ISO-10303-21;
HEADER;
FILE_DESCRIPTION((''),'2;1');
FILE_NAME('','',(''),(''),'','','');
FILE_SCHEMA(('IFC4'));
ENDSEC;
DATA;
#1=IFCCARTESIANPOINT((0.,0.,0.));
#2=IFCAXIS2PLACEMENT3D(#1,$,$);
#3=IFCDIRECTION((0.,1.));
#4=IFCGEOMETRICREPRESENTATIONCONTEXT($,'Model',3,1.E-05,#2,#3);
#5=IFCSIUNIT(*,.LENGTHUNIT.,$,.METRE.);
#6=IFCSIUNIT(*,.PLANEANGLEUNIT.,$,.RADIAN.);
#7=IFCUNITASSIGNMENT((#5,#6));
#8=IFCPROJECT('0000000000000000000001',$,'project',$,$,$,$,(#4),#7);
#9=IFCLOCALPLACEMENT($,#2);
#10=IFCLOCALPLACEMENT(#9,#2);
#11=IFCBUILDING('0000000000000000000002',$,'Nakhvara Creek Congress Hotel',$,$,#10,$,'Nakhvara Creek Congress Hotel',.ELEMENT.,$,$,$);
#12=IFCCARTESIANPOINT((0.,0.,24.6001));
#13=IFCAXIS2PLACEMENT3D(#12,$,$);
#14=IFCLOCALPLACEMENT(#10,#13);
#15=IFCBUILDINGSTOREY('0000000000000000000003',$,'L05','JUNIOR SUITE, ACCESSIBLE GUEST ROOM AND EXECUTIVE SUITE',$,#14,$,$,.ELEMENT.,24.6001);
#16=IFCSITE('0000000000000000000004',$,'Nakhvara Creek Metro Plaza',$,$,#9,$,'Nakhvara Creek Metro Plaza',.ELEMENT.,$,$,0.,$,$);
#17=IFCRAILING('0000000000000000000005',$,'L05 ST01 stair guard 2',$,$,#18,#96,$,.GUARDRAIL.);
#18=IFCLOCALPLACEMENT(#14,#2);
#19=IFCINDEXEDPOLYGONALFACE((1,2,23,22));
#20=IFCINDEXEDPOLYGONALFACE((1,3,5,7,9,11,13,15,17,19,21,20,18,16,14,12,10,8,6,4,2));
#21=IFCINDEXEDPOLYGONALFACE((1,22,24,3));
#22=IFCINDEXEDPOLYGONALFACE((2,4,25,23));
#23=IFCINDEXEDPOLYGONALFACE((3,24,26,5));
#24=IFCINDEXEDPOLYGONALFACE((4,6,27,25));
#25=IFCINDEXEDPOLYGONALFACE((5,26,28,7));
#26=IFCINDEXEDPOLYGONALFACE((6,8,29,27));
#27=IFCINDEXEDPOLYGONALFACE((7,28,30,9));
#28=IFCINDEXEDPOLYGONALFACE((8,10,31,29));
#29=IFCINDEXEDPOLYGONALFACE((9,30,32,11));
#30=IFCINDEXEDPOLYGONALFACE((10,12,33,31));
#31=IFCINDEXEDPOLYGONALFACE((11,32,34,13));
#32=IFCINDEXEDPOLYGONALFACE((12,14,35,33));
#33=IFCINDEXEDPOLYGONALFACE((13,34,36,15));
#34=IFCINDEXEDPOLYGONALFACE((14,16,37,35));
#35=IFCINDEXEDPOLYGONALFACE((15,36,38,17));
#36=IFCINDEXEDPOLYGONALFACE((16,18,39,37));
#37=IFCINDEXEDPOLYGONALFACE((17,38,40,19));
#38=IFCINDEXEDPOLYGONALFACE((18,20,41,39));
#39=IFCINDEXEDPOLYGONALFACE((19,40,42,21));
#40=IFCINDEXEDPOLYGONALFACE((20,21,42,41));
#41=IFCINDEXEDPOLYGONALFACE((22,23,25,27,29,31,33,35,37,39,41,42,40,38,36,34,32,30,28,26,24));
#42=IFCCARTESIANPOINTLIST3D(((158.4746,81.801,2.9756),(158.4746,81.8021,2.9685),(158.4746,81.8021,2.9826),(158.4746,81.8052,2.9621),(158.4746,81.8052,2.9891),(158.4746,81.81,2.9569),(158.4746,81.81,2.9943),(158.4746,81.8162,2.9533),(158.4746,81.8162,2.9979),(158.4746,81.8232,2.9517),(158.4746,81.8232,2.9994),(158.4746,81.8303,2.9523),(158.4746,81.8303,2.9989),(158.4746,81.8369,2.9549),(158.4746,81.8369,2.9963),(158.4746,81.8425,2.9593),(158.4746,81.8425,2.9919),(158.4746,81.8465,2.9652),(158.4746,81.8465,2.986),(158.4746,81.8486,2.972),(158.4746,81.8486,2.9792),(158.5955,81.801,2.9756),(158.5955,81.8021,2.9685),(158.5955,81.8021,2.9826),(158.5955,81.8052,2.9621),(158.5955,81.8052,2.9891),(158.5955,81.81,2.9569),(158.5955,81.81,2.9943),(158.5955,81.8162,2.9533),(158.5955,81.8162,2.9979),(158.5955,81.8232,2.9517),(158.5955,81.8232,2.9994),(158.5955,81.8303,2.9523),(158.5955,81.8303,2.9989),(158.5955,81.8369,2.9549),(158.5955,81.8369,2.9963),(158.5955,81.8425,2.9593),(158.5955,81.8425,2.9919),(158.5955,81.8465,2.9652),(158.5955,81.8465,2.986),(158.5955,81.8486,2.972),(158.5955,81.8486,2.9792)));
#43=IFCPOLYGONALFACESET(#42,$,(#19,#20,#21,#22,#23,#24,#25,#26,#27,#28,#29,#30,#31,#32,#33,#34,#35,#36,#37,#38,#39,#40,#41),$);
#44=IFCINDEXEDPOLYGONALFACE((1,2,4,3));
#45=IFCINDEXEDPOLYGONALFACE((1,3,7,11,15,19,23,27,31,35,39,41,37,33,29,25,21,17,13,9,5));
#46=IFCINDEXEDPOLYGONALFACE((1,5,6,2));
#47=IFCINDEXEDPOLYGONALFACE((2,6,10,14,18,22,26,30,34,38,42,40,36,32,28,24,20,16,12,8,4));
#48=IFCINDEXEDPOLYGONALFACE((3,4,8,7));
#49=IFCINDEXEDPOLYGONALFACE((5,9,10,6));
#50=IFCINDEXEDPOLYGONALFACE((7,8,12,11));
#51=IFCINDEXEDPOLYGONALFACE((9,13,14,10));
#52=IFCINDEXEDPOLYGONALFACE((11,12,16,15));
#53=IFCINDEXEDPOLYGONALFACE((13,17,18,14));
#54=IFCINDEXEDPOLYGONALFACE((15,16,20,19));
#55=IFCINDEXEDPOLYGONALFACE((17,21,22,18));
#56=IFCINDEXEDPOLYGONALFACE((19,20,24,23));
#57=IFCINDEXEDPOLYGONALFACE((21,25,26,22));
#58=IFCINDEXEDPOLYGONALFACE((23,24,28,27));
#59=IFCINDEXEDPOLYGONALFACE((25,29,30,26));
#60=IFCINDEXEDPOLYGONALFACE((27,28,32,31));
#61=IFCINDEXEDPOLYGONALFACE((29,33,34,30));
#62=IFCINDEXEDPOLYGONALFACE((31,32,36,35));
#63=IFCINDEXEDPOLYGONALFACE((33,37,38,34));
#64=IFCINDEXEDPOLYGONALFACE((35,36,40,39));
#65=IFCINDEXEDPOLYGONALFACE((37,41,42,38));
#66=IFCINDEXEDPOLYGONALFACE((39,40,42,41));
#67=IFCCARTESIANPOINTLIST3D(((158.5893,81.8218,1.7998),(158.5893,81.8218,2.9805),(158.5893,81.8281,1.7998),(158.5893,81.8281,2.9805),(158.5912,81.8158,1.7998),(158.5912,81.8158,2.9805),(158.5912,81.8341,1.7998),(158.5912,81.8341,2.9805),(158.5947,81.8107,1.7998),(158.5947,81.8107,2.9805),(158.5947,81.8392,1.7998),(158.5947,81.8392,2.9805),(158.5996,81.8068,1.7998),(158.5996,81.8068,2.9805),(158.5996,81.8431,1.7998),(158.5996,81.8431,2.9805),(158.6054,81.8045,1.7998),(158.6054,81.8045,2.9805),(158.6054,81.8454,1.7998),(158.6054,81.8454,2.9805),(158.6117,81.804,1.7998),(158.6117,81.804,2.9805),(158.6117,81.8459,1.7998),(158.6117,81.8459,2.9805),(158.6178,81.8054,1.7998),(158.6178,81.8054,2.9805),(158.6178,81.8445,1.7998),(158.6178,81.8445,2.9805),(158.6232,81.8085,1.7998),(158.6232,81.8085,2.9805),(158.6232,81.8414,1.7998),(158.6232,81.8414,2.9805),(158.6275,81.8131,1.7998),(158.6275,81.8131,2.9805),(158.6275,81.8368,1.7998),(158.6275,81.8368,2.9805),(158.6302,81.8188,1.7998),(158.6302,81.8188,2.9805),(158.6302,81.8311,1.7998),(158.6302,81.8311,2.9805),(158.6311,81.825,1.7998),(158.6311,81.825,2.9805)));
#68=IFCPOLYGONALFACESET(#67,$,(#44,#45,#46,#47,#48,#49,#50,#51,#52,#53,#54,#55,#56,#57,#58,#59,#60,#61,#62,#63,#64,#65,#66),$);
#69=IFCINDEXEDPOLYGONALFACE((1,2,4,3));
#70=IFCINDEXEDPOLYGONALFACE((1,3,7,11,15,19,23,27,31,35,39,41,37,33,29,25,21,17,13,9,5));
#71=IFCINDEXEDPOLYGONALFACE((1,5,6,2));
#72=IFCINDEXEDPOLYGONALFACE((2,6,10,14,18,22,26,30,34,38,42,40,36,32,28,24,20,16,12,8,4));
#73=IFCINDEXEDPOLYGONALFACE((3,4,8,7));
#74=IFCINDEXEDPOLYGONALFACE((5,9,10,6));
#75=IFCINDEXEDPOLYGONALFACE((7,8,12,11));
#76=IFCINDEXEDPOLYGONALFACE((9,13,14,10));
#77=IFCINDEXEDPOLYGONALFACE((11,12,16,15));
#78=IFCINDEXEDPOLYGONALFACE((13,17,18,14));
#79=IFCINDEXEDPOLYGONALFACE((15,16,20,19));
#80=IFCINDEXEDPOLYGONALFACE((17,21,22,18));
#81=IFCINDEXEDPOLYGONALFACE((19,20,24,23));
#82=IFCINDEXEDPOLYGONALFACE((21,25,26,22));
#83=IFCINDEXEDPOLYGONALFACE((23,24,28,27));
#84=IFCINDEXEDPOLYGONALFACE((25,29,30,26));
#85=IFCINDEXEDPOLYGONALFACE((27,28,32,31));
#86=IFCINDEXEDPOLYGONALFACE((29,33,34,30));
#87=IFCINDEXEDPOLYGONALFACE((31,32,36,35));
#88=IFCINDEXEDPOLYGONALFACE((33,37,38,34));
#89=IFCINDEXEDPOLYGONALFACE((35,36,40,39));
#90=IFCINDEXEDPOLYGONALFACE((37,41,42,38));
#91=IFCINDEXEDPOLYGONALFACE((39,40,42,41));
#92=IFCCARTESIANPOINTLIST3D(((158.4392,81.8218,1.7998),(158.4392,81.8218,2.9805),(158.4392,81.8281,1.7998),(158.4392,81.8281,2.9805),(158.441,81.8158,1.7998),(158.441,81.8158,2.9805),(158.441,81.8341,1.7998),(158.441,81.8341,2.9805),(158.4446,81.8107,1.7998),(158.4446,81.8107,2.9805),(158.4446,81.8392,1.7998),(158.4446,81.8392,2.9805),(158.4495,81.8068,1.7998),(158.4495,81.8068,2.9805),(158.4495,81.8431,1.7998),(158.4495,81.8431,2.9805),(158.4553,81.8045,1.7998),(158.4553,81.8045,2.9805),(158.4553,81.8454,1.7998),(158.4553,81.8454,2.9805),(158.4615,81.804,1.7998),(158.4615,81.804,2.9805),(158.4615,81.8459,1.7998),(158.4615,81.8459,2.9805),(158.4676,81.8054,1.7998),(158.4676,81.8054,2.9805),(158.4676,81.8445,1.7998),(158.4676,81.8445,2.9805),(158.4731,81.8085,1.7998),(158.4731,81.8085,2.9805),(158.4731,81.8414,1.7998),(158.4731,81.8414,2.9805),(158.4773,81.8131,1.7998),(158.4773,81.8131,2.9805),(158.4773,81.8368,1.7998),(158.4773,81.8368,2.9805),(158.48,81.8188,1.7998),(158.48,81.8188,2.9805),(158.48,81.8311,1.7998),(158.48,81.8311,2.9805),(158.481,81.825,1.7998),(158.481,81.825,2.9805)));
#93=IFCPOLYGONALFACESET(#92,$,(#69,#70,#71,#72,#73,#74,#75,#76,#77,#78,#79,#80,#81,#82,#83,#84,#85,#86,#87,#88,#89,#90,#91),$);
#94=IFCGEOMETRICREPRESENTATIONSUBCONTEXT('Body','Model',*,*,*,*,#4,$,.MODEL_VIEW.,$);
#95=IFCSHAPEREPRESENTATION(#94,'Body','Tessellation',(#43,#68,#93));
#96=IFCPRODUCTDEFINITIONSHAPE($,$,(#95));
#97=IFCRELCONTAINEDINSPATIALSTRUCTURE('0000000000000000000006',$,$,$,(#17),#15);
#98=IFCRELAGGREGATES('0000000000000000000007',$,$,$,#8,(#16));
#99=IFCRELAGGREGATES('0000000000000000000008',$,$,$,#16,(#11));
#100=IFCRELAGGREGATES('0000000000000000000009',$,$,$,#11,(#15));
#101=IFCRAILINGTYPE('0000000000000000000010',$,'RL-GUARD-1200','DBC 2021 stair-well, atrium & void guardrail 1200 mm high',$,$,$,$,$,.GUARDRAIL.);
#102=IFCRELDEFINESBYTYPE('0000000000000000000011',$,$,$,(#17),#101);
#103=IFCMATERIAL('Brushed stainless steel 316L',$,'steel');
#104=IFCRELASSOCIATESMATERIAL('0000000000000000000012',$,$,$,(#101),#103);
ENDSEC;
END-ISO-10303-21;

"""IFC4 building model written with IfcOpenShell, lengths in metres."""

from ifc_helpers import new_model, si_unit, direction, frame, origin, origin_2d, place, context, subcontext, project, spatial, circle, extrude, material, type_object, element, save


model = new_model("IFC4")

# Units and contexts
model_context = context("Model", 3, precision=1e-05, world=origin(), true_north=direction((0.0, 1.0)))
body_context = subcontext(model_context, "Body", "Model", "MODEL_VIEW")
ifc_project = project(units=[si_unit("LENGTHUNIT", "METRE"), si_unit("PLANEANGLEUNIT", "RADIAN")], contexts=[model_context])

# Site, building, storey
site_placement = place(None, origin())
site = spatial("IfcSite", under=ifc_project, at=site_placement, Name="Nakhvara Creek Metro Plaza", LongName="Nakhvara Creek Metro Plaza", CompositionType="ELEMENT", RefElevation=0.0)
building_placement = place(site_placement, origin())
building = spatial("IfcBuilding", under=site, at=building_placement, Name="Nakhvara Creek Congress Hotel", LongName="Nakhvara Creek Congress Hotel", CompositionType="ELEMENT")
storey_placement = place(building_placement, frame((0.0, 0.0, 24.6001)))
storey = spatial("IfcBuildingStorey", under=building, at=storey_placement, Name="L05", Description="JUNIOR SUITE, ACCESSIBLE GUEST ROOM AND EXECUTIVE SUITE", CompositionType="ELEMENT", Elevation=24.6001)

# Railing
ifc_material_1 = material(Name="Brushed stainless steel 316L", Category="steel")
railing_type_1 = type_object("IfcRailingType", Name="RL-GUARD-1200", Description="DBC 2021 stair-well, atrium & void guardrail 1200 mm high", PredefinedType="GUARDRAIL", material=ifc_material_1)
railing_1_placement = place(storey_placement, frame((158.6101, 81.825, 1.7998)))
element("IfcRailing", 1, at=railing_1_placement, inside=storey, type_object=railing_type_1, Name="L05 ST01 stair guard 2", PredefinedType="GUARDRAIL", context=body_context, shape_type="SweptSolid", body=[
    extrude(circle(Radius=0.0239, at=origin_2d()), frame((-0.0146, 0.0, 1.1758), z_axis=(-1.0, 0.0, 0.0), x_axis=(0.0, -1.0, 0.0)), (0.0, 0.0, 1.0), 0.1208),
    extrude(circle(Radius=0.021, at=origin_2d()), origin(), (0.0, 0.0, 1.0), 1.1807),
    extrude(circle(Radius=0.021, at=origin_2d()), frame((-0.1501, 0.0, 0.0)), (0.0, 0.0, 1.0), 1.1807),
])

save(model, "model.ifc")
